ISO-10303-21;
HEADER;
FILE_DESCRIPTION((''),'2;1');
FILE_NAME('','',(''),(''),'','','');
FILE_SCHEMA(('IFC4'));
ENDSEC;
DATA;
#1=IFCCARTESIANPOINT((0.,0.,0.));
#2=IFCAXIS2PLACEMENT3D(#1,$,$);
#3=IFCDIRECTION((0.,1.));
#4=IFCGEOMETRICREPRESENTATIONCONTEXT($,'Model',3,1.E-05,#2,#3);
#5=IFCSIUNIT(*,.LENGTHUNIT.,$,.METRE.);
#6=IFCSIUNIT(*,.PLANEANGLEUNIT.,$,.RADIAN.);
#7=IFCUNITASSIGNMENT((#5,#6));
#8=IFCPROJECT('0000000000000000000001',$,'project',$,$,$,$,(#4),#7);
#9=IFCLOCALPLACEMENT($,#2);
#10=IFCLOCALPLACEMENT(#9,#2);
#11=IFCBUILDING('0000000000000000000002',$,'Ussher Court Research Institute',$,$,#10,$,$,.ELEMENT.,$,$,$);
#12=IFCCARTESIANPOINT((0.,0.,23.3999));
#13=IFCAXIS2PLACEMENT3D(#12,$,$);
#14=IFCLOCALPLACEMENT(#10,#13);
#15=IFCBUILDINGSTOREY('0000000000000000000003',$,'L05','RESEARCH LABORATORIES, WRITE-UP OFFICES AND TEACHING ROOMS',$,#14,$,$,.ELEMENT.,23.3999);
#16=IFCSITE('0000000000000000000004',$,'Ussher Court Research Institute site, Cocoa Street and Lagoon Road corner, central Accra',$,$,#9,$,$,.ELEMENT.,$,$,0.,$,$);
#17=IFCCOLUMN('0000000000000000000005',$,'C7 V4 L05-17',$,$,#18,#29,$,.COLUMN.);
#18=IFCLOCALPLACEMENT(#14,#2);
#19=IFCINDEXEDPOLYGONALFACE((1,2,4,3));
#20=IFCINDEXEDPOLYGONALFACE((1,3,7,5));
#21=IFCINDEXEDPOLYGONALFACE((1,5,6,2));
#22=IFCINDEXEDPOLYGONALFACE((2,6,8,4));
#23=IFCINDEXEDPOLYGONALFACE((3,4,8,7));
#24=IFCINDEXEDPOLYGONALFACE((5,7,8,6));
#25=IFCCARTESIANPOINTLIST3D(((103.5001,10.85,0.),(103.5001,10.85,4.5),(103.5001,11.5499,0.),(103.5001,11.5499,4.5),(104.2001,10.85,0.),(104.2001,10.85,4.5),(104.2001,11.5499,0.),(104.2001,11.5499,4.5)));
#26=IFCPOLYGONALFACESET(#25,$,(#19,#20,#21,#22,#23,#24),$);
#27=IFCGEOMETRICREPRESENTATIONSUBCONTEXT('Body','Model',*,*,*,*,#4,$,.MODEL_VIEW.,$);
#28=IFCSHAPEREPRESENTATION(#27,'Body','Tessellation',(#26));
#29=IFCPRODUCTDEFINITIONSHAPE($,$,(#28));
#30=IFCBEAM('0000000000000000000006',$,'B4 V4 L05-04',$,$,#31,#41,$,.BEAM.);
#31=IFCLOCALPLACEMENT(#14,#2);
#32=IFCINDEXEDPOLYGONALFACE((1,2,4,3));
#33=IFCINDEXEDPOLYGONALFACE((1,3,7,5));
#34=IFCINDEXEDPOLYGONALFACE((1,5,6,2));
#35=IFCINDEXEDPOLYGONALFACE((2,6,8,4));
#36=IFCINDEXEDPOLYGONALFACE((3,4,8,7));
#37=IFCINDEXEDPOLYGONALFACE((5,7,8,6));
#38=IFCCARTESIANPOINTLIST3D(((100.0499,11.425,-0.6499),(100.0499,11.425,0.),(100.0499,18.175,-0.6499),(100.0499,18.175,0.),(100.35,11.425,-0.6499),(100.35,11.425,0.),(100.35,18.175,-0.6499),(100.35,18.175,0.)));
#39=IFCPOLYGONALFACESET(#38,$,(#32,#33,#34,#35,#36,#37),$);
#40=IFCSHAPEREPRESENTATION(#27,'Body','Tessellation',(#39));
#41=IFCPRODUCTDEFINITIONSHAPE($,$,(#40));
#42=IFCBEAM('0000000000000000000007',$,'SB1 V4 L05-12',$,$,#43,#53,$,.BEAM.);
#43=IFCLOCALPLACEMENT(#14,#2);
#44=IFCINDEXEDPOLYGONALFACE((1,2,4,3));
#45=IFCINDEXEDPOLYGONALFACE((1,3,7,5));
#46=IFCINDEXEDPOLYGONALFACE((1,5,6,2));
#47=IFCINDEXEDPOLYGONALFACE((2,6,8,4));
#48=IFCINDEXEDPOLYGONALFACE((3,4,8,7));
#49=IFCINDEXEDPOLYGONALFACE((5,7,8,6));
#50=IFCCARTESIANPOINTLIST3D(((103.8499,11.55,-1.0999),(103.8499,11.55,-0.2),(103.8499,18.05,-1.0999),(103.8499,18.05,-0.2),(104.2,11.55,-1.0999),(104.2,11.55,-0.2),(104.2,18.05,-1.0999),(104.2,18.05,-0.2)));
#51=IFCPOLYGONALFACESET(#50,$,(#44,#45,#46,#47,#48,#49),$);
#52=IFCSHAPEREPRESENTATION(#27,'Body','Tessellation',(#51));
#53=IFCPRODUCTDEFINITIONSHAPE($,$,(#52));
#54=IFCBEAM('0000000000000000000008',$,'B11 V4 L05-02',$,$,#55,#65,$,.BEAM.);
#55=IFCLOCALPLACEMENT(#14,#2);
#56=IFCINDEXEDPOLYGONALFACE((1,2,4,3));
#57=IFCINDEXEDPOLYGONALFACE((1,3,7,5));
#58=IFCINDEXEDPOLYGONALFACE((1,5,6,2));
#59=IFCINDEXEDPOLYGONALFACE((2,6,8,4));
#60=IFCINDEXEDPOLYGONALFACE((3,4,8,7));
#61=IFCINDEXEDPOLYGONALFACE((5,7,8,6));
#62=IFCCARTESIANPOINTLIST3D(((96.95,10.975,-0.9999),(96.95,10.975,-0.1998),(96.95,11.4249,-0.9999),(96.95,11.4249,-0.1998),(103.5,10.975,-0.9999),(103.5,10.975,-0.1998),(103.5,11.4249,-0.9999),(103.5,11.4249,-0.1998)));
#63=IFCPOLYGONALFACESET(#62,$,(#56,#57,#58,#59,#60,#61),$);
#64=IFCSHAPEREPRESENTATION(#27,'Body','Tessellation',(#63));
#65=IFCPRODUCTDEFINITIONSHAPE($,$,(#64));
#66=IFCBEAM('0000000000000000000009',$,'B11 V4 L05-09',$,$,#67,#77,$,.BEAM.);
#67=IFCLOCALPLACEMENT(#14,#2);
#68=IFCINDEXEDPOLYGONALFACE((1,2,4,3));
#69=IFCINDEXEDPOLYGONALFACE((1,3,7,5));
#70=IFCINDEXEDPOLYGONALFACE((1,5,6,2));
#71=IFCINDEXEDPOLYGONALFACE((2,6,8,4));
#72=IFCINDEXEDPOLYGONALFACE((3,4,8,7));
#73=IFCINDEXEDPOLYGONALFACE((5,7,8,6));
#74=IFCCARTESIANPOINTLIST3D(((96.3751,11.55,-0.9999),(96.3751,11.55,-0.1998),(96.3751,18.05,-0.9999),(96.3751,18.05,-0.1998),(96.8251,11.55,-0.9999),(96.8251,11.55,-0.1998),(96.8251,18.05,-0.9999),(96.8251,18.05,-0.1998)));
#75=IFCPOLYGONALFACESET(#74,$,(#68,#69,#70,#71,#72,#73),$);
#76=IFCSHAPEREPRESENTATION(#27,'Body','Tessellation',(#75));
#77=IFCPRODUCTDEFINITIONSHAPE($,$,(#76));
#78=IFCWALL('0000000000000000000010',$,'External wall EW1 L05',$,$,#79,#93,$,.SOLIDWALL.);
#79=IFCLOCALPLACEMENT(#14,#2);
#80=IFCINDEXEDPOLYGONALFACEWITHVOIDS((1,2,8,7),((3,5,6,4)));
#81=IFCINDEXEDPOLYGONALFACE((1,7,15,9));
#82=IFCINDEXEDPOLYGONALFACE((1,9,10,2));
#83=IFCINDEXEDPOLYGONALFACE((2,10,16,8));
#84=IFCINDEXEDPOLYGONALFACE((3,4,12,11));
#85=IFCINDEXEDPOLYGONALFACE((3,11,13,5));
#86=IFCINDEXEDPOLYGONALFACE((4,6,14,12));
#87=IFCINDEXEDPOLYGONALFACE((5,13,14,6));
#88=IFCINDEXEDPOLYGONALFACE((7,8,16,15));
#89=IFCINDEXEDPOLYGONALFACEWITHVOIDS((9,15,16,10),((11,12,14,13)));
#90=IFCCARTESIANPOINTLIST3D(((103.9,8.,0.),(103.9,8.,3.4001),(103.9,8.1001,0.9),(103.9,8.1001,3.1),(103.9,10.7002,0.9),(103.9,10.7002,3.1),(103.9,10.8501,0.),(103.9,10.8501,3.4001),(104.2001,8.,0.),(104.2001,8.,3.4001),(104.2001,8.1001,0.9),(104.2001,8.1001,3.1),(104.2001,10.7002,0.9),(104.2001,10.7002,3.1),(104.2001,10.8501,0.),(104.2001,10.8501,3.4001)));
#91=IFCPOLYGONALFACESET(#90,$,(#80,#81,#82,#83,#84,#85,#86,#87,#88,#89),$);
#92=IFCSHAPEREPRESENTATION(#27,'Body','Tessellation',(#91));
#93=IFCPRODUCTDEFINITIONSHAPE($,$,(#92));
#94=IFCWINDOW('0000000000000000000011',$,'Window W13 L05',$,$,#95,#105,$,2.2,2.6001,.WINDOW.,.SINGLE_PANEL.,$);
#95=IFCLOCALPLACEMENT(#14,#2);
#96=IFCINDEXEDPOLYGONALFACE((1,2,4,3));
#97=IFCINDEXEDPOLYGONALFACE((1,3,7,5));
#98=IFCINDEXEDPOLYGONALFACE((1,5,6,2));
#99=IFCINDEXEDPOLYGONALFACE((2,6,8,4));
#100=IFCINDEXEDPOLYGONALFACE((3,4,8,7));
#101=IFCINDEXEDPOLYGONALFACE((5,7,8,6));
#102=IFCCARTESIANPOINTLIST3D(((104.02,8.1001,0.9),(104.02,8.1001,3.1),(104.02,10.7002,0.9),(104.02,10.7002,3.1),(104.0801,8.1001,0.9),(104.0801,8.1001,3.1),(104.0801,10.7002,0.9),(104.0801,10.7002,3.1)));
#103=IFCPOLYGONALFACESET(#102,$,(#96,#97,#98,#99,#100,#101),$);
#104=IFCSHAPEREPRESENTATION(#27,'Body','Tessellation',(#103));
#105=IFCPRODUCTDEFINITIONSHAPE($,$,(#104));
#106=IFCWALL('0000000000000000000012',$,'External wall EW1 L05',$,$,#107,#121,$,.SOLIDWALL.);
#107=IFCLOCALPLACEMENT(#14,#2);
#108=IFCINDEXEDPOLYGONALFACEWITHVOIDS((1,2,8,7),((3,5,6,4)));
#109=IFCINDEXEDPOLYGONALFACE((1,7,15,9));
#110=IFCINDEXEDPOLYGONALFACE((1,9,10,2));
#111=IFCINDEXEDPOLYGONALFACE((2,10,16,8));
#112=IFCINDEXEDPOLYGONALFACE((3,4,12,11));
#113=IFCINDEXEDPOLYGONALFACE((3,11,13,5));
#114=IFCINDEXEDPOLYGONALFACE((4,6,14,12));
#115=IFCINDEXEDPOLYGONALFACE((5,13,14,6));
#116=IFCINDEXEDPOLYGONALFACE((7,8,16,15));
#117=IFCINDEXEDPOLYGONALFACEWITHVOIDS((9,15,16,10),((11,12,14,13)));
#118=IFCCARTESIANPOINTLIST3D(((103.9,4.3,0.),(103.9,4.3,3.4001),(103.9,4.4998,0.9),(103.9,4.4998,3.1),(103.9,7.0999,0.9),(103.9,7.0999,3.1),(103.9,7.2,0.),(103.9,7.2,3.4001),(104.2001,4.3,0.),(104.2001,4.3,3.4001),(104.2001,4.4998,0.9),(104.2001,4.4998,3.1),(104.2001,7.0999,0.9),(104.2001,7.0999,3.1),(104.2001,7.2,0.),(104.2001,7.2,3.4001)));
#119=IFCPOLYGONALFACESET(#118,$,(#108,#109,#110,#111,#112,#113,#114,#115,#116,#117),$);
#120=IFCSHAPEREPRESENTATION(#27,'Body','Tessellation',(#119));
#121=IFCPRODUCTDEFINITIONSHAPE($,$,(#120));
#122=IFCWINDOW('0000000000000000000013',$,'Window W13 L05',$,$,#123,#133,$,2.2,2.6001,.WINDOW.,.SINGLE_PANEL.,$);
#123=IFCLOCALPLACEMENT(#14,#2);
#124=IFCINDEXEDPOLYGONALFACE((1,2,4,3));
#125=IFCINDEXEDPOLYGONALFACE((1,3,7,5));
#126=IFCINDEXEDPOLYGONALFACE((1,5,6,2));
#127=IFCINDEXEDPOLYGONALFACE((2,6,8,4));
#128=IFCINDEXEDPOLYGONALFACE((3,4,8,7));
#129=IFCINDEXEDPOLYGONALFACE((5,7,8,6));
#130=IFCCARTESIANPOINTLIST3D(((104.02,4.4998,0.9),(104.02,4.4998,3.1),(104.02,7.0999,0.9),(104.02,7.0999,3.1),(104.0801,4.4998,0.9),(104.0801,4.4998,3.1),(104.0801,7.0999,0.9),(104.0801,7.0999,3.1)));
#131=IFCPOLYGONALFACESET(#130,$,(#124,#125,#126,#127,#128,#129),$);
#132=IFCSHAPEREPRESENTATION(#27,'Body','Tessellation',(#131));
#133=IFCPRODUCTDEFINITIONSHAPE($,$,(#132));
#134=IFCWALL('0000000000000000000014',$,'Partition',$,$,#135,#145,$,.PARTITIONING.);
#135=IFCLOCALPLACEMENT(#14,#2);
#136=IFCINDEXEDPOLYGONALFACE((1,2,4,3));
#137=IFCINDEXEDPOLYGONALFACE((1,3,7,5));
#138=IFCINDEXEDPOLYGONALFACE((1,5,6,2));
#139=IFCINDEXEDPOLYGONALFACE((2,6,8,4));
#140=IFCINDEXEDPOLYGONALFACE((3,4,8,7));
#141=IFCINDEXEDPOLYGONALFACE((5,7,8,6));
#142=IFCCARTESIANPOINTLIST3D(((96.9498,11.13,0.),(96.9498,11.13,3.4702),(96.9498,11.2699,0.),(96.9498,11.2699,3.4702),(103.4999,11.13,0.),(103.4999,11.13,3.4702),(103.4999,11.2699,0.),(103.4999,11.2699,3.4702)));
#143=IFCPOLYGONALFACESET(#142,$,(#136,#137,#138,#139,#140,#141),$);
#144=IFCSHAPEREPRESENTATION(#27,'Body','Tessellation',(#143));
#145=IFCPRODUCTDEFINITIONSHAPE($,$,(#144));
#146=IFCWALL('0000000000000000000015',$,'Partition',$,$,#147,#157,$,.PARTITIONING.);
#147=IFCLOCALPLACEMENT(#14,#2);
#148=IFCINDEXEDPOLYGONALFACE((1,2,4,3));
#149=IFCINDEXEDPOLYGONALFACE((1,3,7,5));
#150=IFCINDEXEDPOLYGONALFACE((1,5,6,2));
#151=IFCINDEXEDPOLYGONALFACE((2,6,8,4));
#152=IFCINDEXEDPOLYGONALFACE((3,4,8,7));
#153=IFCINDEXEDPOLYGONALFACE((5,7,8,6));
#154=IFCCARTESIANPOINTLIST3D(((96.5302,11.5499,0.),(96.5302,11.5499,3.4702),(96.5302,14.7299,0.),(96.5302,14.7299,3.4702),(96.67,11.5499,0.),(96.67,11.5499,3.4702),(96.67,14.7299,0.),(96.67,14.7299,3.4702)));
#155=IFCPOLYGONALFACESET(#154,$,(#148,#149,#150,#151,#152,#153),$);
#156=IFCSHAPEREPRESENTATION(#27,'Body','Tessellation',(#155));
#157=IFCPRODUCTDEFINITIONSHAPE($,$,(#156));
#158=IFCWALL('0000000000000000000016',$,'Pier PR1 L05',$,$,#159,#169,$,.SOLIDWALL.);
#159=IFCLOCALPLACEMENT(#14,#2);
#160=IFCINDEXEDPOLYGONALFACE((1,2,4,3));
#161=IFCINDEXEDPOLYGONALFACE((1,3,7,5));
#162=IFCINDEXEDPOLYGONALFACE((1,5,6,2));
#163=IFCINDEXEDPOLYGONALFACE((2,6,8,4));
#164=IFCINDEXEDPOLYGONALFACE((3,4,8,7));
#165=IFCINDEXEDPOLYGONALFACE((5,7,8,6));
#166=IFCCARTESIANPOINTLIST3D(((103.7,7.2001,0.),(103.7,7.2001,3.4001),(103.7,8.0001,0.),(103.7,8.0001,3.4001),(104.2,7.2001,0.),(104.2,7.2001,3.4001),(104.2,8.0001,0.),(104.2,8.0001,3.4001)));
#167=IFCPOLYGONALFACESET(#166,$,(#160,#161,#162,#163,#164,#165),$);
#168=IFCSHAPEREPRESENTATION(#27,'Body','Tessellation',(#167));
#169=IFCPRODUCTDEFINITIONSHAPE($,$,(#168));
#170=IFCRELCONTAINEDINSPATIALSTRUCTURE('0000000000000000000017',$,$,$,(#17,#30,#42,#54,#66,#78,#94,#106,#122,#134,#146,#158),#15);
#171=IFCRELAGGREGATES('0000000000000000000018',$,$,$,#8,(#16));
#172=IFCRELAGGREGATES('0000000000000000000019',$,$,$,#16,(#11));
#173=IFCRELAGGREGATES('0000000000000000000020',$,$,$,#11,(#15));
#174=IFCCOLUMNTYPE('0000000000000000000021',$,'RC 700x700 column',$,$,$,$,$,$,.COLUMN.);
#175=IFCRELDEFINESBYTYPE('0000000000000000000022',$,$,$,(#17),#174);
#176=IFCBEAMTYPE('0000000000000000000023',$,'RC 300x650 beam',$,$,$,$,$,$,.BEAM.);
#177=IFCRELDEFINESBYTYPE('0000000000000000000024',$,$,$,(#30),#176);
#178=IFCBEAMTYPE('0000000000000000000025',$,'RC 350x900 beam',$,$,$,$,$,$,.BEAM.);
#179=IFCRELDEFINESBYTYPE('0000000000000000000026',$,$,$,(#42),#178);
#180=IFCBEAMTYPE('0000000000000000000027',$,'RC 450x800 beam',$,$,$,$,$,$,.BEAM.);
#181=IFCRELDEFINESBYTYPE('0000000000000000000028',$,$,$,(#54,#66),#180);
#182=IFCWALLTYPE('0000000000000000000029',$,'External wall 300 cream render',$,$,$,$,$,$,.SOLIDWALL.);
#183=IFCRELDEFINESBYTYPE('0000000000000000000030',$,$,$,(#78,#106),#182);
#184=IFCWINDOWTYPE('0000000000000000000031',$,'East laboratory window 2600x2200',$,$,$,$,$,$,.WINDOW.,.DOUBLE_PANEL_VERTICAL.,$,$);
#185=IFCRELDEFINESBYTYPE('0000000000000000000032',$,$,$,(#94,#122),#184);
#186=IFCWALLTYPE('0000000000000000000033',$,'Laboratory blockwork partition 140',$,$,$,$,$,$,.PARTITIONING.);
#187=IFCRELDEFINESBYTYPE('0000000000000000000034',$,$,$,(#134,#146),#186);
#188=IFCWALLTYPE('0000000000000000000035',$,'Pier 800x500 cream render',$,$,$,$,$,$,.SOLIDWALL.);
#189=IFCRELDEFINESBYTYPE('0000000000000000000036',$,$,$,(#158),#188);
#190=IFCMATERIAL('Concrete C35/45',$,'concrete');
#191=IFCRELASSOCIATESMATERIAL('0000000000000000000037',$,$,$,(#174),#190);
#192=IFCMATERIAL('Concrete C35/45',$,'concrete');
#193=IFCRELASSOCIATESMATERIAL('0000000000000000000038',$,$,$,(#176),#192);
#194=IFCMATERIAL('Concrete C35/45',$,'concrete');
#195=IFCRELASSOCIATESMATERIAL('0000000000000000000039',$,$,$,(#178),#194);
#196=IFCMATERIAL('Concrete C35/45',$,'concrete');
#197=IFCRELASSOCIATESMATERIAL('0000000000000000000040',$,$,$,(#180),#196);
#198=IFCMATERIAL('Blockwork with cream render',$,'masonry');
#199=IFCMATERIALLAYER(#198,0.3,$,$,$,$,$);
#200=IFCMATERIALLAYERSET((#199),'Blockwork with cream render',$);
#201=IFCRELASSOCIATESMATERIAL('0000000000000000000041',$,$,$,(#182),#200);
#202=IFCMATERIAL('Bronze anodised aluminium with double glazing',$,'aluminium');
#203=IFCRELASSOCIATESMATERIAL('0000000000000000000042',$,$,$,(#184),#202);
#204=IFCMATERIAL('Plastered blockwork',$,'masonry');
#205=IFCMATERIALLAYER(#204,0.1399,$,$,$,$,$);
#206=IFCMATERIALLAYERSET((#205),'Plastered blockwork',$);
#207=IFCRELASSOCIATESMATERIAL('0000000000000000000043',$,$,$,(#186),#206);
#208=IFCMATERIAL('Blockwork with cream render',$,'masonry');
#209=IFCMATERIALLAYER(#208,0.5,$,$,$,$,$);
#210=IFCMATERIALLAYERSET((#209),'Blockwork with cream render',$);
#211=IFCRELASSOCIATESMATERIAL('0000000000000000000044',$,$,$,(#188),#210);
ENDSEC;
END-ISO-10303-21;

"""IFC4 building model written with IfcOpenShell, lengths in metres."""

from ifc_helpers import new_model, si_unit, direction, frame, frame_2d, origin, origin_2d, place, context, subcontext, project, spatial, rectangle, extrude, material, layer, layer_set, material_profile, profile_set, type_object, element, fill, save


model = new_model("IFC4")

# Units and contexts
model_context = context("Model", 3, precision=1e-05, world=origin(), true_north=direction((0.0, 1.0)))
body_context = subcontext(model_context, "Body", "Model", "MODEL_VIEW")
ifc_project = project(units=[si_unit("LENGTHUNIT", "METRE"), si_unit("PLANEANGLEUNIT", "RADIAN")], contexts=[model_context])

# Site, building, storey
site_placement = place(None, origin())
site = spatial("IfcSite", under=ifc_project, at=site_placement, Name="Ussher Court Research Institute site, Cocoa Street and Lagoon Road corner, central Accra", CompositionType="ELEMENT", RefElevation=0.0)
building_placement = place(site_placement, origin())
building = spatial("IfcBuilding", under=site, at=building_placement, Name="Ussher Court Research Institute", CompositionType="ELEMENT")
storey_placement = place(building_placement, frame((0.0, 0.0, 23.3999)))
storey = spatial("IfcBuildingStorey", under=building, at=storey_placement, Name="L05", Description="RESEARCH LABORATORIES, WRITE-UP OFFICES AND TEACHING ROOMS", CompositionType="ELEMENT", Elevation=23.3999)

# Column
ifc_material_1 = material(Name="Concrete C35/45", Category="concrete")
ifc_material_profile_1 = material_profile(ifc_material_1, rectangle(XDim=0.7, YDim=0.7, at=origin_2d()), Name="RC 700x700")
ifc_profile_set_1 = profile_set([ifc_material_profile_1], Name="Concrete C35/45")
column_type = type_object("IfcColumnType", Name="RC 700x700 column", PredefinedType="COLUMN", material=ifc_profile_set_1)
column_placement = place(storey_placement, frame((103.8501, 11.2, 0.0), z_axis=(0.0, 0.0, 1.0), x_axis=(1.0, 0.0, 0.0)))
element("IfcColumn", 1, at=column_placement, inside=storey, type_object=column_type, Name="C7 V4 L05-17", PredefinedType="COLUMN", context=body_context, shape_type="SweptSolid", body=[
    extrude(rectangle(XDim=0.7, YDim=0.7, at=origin_2d()), origin(), (0.0, 0.0, 1.0), 4.5),
])

# Beams
ifc_material_2 = material(Name="Concrete C35/45", Category="concrete")
ifc_material_profile_2 = material_profile(ifc_material_2, rectangle(XDim=0.3, YDim=0.6499, at=origin_2d()), Name="RC 300x650")
ifc_profile_set_2 = profile_set([ifc_material_profile_2], Name="Concrete C35/45")
beam_type_1 = type_object("IfcBeamType", Name="RC 300x650 beam", PredefinedType="BEAM", material=ifc_profile_set_2)
beam_1_placement = place(storey_placement, frame((100.2, 11.425, -0.325), z_axis=(0.0, 1.0, 0.0), x_axis=(-1.0, 0.0, 0.0)))
element("IfcBeam", 2, at=beam_1_placement, inside=storey, type_object=beam_type_1, Name="B4 V4 L05-04", PredefinedType="BEAM", context=body_context, shape_type="SweptSolid", body=[
    extrude(rectangle(XDim=0.3, YDim=0.6499, at=origin_2d()), origin(), (0.0, 0.0, 1.0), 6.75),
])
ifc_material_3 = material(Name="Concrete C35/45", Category="concrete")
ifc_material_profile_3 = material_profile(ifc_material_3, rectangle(XDim=0.3501, YDim=0.8999, at=origin_2d()), Name="RC 350x900")
ifc_profile_set_3 = profile_set([ifc_material_profile_3], Name="Concrete C35/45")
beam_type_2 = type_object("IfcBeamType", Name="RC 350x900 beam", PredefinedType="BEAM", material=ifc_profile_set_3)
beam_2_placement = place(storey_placement, frame((104.0249, 11.55, -0.6499), z_axis=(0.0, 1.0, 0.0), x_axis=(-1.0, 0.0, 0.0)))
element("IfcBeam", 3, at=beam_2_placement, inside=storey, type_object=beam_type_2, Name="SB1 V4 L05-12", PredefinedType="BEAM", context=body_context, shape_type="SweptSolid", body=[
    extrude(rectangle(XDim=0.3501, YDim=0.8999, at=origin_2d()), origin(), (0.0, 0.0, 1.0), 6.5),
])
ifc_material_4 = material(Name="Concrete C35/45", Category="concrete")
ifc_material_profile_4 = material_profile(ifc_material_4, rectangle(XDim=0.45, YDim=0.8, at=origin_2d()), Name="RC 450x800")
ifc_profile_set_4 = profile_set([ifc_material_profile_4], Name="Concrete C35/45")
beam_type_3 = type_object("IfcBeamType", Name="RC 450x800 beam", PredefinedType="BEAM", material=ifc_profile_set_4)
beam_3_placement = place(storey_placement, frame((96.95, 11.2, -0.5999), z_axis=(1.0, 0.0, 0.0), x_axis=(0.0, 1.0, 0.0)))
element("IfcBeam", 4, at=beam_3_placement, inside=storey, type_object=beam_type_3, Name="B11 V4 L05-02", PredefinedType="BEAM", context=body_context, shape_type="SweptSolid", body=[
    extrude(rectangle(XDim=0.45, YDim=0.8, at=origin_2d()), origin(), (0.0, 0.0, 1.0), 6.55),
])
beam_4_placement = place(storey_placement, frame((96.6001, 11.55, -0.5999), z_axis=(0.0, 1.0, 0.0), x_axis=(-1.0, 0.0, 0.0)))
element("IfcBeam", 5, at=beam_4_placement, inside=storey, type_object=beam_type_3, Name="B11 V4 L05-09", PredefinedType="BEAM", context=body_context, shape_type="SweptSolid", body=[
    extrude(rectangle(XDim=0.45, YDim=0.8, at=origin_2d()), origin(), (0.0, 0.0, 1.0), 6.5),
])

# Walls, openings, windows
ifc_material_5 = material(Name="Blockwork with cream render", Category="masonry")
ifc_layer_1 = layer(ifc_material_5, 0.3)
ifc_layer_set_1 = layer_set([ifc_layer_1], Name="Blockwork with cream render")
wall_type_1 = type_object("IfcWallType", Name="External wall 300 cream render", PredefinedType="SOLIDWALL", material=ifc_layer_set_1)
wall_1_placement = place(storey_placement, frame((104.05, 10.8501, 0.0), z_axis=(0.0, 0.0, 1.0), x_axis=(0.0, -1.0, 0.0)))
wall_1 = element("IfcWall", 6, at=wall_1_placement, inside=storey, type_object=wall_type_1, Name="External wall EW1 L05", PredefinedType="SOLIDWALL", context=body_context, shape_type="SweptSolid", body=[
    extrude(rectangle(XDim=2.8501, YDim=0.3, at=frame_2d((1.425, 0.0))), origin(), (0.0, 0.0, 1.0), 3.4001),
])
opening_1_placement = place(wall_1_placement, frame((0.1499, 0.0, 0.8999)))
opening_1 = element("IfcOpeningElement", 7, at=opening_1_placement, cuts=wall_1, PredefinedType="OPENING", context=body_context, shape_type="SweptSolid", body=[
    extrude(rectangle(XDim=2.6001, YDim=2.2, at=frame_2d((1.3, 1.1001))), frame((0.0, 0.1602, 0.0), z_axis=(0.0, -1.0, 0.0), x_axis=(1.0, 0.0, 0.0)), (0.0, 0.0, 1.0), 0.3201),
])
ifc_material_6 = material(Name="Bronze anodised aluminium with double glazing", Category="aluminium")
window_type = type_object("IfcWindowType", Name="East laboratory window 2600x2200", PartitioningType="DOUBLE_PANEL_VERTICAL", PredefinedType="WINDOW", material=ifc_material_6)
window_1_placement = place(opening_1_placement, origin())
window_1 = element("IfcWindow", 8, at=window_1_placement, inside=storey, type_object=window_type, Name="Window W13 L05", OverallHeight=2.2, OverallWidth=2.6001, PartitioningType="SINGLE_PANEL", PredefinedType="WINDOW", context=body_context, shape_type="SweptSolid", body=[
    extrude(rectangle(XDim=2.6001, YDim=2.2, at=frame_2d((1.3, 1.1001))), frame((0.0, 0.03, 0.0), z_axis=(0.0, -1.0, 0.0), x_axis=(1.0, 0.0, 0.0)), (0.0, 0.0, 1.0), 0.0601),
])
fill(opening_1, window_1)
wall_2_placement = place(storey_placement, frame((104.05, 7.2, 0.0), z_axis=(0.0, 0.0, 1.0), x_axis=(0.0, -1.0, 0.0)))
wall_2 = element("IfcWall", 9, at=wall_2_placement, inside=storey, type_object=wall_type_1, Name="External wall EW1 L05", PredefinedType="SOLIDWALL", context=body_context, shape_type="SweptSolid", body=[
    extrude(rectangle(XDim=2.8999, YDim=0.3, at=frame_2d((1.45, 0.0))), origin(), (0.0, 0.0, 1.0), 3.4001),
])
opening_2_placement = place(wall_2_placement, frame((0.1001, 0.0, 0.8999)))
opening_2 = element("IfcOpeningElement", 10, at=opening_2_placement, cuts=wall_2, PredefinedType="OPENING", context=body_context, shape_type="SweptSolid", body=[
    extrude(rectangle(XDim=2.6001, YDim=2.2, at=frame_2d((1.3, 1.1001))), frame((0.0, 0.1602, 0.0), z_axis=(0.0, -1.0, 0.0), x_axis=(1.0, 0.0, 0.0)), (0.0, 0.0, 1.0), 0.3201),
])
window_2_placement = place(opening_2_placement, origin())
window_2 = element("IfcWindow", 11, at=window_2_placement, inside=storey, type_object=window_type, Name="Window W13 L05", OverallHeight=2.2, OverallWidth=2.6001, PartitioningType="SINGLE_PANEL", PredefinedType="WINDOW", context=body_context, shape_type="SweptSolid", body=[
    extrude(rectangle(XDim=2.6001, YDim=2.2, at=frame_2d((1.3, 1.1001))), frame((0.0, 0.03, 0.0), z_axis=(0.0, -1.0, 0.0), x_axis=(1.0, 0.0, 0.0)), (0.0, 0.0, 1.0), 0.0601),
])
fill(opening_2, window_2)

# Walls
ifc_material_7 = material(Name="Plastered blockwork", Category="masonry")
ifc_layer_2 = layer(ifc_material_7, 0.1399)
ifc_layer_set_2 = layer_set([ifc_layer_2], Name="Plastered blockwork")
wall_type_2 = type_object("IfcWallType", Name="Laboratory blockwork partition 140", PredefinedType="PARTITIONING", material=ifc_layer_set_2)
wall_3_placement = place(storey_placement, frame((96.95, 11.2, 0.0), z_axis=(0.0, 0.0, 1.0), x_axis=(1.0, 0.0, 0.0)))
element("IfcWall", 12, at=wall_3_placement, inside=storey, type_object=wall_type_2, Name="Partition", PredefinedType="PARTITIONING", context=body_context, shape_type="SweptSolid", body=[
    extrude(rectangle(XDim=6.55, YDim=0.1399, at=frame_2d((3.2749, 0.0))), origin(), (0.0, 0.0, 1.0), 3.4702),
])
wall_4_placement = place(storey_placement, frame((96.6001, 11.55, 0.0), z_axis=(0.0, 0.0, 1.0), x_axis=(0.0, 1.0, 0.0)))
element("IfcWall", 13, at=wall_4_placement, inside=storey, type_object=wall_type_2, Name="Partition", PredefinedType="PARTITIONING", context=body_context, shape_type="SweptSolid", body=[
    extrude(rectangle(XDim=3.1799, YDim=0.1399, at=frame_2d((1.5898, 0.0))), origin(), (0.0, 0.0, 1.0), 3.4702),
])
ifc_material_8 = material(Name="Blockwork with cream render", Category="masonry")
ifc_layer_3 = layer(ifc_material_8, 0.5)
ifc_layer_set_3 = layer_set([ifc_layer_3], Name="Blockwork with cream render")
wall_type_3 = type_object("IfcWallType", Name="Pier 800x500 cream render", PredefinedType="SOLIDWALL", material=ifc_layer_set_3)
wall_5_placement = place(storey_placement, frame((103.95, 8.0, 0.0), z_axis=(0.0, 0.0, 1.0), x_axis=(0.0, -1.0, 0.0)))
element("IfcWall", 14, at=wall_5_placement, inside=storey, type_object=wall_type_3, Name="Pier PR1 L05", PredefinedType="SOLIDWALL", context=body_context, shape_type="SweptSolid", body=[
    extrude(rectangle(XDim=0.8, YDim=0.5, at=frame_2d((0.3999, 0.0))), origin(), (0.0, 0.0, 1.0), 3.4001),
])

save(model, "model.ifc")
